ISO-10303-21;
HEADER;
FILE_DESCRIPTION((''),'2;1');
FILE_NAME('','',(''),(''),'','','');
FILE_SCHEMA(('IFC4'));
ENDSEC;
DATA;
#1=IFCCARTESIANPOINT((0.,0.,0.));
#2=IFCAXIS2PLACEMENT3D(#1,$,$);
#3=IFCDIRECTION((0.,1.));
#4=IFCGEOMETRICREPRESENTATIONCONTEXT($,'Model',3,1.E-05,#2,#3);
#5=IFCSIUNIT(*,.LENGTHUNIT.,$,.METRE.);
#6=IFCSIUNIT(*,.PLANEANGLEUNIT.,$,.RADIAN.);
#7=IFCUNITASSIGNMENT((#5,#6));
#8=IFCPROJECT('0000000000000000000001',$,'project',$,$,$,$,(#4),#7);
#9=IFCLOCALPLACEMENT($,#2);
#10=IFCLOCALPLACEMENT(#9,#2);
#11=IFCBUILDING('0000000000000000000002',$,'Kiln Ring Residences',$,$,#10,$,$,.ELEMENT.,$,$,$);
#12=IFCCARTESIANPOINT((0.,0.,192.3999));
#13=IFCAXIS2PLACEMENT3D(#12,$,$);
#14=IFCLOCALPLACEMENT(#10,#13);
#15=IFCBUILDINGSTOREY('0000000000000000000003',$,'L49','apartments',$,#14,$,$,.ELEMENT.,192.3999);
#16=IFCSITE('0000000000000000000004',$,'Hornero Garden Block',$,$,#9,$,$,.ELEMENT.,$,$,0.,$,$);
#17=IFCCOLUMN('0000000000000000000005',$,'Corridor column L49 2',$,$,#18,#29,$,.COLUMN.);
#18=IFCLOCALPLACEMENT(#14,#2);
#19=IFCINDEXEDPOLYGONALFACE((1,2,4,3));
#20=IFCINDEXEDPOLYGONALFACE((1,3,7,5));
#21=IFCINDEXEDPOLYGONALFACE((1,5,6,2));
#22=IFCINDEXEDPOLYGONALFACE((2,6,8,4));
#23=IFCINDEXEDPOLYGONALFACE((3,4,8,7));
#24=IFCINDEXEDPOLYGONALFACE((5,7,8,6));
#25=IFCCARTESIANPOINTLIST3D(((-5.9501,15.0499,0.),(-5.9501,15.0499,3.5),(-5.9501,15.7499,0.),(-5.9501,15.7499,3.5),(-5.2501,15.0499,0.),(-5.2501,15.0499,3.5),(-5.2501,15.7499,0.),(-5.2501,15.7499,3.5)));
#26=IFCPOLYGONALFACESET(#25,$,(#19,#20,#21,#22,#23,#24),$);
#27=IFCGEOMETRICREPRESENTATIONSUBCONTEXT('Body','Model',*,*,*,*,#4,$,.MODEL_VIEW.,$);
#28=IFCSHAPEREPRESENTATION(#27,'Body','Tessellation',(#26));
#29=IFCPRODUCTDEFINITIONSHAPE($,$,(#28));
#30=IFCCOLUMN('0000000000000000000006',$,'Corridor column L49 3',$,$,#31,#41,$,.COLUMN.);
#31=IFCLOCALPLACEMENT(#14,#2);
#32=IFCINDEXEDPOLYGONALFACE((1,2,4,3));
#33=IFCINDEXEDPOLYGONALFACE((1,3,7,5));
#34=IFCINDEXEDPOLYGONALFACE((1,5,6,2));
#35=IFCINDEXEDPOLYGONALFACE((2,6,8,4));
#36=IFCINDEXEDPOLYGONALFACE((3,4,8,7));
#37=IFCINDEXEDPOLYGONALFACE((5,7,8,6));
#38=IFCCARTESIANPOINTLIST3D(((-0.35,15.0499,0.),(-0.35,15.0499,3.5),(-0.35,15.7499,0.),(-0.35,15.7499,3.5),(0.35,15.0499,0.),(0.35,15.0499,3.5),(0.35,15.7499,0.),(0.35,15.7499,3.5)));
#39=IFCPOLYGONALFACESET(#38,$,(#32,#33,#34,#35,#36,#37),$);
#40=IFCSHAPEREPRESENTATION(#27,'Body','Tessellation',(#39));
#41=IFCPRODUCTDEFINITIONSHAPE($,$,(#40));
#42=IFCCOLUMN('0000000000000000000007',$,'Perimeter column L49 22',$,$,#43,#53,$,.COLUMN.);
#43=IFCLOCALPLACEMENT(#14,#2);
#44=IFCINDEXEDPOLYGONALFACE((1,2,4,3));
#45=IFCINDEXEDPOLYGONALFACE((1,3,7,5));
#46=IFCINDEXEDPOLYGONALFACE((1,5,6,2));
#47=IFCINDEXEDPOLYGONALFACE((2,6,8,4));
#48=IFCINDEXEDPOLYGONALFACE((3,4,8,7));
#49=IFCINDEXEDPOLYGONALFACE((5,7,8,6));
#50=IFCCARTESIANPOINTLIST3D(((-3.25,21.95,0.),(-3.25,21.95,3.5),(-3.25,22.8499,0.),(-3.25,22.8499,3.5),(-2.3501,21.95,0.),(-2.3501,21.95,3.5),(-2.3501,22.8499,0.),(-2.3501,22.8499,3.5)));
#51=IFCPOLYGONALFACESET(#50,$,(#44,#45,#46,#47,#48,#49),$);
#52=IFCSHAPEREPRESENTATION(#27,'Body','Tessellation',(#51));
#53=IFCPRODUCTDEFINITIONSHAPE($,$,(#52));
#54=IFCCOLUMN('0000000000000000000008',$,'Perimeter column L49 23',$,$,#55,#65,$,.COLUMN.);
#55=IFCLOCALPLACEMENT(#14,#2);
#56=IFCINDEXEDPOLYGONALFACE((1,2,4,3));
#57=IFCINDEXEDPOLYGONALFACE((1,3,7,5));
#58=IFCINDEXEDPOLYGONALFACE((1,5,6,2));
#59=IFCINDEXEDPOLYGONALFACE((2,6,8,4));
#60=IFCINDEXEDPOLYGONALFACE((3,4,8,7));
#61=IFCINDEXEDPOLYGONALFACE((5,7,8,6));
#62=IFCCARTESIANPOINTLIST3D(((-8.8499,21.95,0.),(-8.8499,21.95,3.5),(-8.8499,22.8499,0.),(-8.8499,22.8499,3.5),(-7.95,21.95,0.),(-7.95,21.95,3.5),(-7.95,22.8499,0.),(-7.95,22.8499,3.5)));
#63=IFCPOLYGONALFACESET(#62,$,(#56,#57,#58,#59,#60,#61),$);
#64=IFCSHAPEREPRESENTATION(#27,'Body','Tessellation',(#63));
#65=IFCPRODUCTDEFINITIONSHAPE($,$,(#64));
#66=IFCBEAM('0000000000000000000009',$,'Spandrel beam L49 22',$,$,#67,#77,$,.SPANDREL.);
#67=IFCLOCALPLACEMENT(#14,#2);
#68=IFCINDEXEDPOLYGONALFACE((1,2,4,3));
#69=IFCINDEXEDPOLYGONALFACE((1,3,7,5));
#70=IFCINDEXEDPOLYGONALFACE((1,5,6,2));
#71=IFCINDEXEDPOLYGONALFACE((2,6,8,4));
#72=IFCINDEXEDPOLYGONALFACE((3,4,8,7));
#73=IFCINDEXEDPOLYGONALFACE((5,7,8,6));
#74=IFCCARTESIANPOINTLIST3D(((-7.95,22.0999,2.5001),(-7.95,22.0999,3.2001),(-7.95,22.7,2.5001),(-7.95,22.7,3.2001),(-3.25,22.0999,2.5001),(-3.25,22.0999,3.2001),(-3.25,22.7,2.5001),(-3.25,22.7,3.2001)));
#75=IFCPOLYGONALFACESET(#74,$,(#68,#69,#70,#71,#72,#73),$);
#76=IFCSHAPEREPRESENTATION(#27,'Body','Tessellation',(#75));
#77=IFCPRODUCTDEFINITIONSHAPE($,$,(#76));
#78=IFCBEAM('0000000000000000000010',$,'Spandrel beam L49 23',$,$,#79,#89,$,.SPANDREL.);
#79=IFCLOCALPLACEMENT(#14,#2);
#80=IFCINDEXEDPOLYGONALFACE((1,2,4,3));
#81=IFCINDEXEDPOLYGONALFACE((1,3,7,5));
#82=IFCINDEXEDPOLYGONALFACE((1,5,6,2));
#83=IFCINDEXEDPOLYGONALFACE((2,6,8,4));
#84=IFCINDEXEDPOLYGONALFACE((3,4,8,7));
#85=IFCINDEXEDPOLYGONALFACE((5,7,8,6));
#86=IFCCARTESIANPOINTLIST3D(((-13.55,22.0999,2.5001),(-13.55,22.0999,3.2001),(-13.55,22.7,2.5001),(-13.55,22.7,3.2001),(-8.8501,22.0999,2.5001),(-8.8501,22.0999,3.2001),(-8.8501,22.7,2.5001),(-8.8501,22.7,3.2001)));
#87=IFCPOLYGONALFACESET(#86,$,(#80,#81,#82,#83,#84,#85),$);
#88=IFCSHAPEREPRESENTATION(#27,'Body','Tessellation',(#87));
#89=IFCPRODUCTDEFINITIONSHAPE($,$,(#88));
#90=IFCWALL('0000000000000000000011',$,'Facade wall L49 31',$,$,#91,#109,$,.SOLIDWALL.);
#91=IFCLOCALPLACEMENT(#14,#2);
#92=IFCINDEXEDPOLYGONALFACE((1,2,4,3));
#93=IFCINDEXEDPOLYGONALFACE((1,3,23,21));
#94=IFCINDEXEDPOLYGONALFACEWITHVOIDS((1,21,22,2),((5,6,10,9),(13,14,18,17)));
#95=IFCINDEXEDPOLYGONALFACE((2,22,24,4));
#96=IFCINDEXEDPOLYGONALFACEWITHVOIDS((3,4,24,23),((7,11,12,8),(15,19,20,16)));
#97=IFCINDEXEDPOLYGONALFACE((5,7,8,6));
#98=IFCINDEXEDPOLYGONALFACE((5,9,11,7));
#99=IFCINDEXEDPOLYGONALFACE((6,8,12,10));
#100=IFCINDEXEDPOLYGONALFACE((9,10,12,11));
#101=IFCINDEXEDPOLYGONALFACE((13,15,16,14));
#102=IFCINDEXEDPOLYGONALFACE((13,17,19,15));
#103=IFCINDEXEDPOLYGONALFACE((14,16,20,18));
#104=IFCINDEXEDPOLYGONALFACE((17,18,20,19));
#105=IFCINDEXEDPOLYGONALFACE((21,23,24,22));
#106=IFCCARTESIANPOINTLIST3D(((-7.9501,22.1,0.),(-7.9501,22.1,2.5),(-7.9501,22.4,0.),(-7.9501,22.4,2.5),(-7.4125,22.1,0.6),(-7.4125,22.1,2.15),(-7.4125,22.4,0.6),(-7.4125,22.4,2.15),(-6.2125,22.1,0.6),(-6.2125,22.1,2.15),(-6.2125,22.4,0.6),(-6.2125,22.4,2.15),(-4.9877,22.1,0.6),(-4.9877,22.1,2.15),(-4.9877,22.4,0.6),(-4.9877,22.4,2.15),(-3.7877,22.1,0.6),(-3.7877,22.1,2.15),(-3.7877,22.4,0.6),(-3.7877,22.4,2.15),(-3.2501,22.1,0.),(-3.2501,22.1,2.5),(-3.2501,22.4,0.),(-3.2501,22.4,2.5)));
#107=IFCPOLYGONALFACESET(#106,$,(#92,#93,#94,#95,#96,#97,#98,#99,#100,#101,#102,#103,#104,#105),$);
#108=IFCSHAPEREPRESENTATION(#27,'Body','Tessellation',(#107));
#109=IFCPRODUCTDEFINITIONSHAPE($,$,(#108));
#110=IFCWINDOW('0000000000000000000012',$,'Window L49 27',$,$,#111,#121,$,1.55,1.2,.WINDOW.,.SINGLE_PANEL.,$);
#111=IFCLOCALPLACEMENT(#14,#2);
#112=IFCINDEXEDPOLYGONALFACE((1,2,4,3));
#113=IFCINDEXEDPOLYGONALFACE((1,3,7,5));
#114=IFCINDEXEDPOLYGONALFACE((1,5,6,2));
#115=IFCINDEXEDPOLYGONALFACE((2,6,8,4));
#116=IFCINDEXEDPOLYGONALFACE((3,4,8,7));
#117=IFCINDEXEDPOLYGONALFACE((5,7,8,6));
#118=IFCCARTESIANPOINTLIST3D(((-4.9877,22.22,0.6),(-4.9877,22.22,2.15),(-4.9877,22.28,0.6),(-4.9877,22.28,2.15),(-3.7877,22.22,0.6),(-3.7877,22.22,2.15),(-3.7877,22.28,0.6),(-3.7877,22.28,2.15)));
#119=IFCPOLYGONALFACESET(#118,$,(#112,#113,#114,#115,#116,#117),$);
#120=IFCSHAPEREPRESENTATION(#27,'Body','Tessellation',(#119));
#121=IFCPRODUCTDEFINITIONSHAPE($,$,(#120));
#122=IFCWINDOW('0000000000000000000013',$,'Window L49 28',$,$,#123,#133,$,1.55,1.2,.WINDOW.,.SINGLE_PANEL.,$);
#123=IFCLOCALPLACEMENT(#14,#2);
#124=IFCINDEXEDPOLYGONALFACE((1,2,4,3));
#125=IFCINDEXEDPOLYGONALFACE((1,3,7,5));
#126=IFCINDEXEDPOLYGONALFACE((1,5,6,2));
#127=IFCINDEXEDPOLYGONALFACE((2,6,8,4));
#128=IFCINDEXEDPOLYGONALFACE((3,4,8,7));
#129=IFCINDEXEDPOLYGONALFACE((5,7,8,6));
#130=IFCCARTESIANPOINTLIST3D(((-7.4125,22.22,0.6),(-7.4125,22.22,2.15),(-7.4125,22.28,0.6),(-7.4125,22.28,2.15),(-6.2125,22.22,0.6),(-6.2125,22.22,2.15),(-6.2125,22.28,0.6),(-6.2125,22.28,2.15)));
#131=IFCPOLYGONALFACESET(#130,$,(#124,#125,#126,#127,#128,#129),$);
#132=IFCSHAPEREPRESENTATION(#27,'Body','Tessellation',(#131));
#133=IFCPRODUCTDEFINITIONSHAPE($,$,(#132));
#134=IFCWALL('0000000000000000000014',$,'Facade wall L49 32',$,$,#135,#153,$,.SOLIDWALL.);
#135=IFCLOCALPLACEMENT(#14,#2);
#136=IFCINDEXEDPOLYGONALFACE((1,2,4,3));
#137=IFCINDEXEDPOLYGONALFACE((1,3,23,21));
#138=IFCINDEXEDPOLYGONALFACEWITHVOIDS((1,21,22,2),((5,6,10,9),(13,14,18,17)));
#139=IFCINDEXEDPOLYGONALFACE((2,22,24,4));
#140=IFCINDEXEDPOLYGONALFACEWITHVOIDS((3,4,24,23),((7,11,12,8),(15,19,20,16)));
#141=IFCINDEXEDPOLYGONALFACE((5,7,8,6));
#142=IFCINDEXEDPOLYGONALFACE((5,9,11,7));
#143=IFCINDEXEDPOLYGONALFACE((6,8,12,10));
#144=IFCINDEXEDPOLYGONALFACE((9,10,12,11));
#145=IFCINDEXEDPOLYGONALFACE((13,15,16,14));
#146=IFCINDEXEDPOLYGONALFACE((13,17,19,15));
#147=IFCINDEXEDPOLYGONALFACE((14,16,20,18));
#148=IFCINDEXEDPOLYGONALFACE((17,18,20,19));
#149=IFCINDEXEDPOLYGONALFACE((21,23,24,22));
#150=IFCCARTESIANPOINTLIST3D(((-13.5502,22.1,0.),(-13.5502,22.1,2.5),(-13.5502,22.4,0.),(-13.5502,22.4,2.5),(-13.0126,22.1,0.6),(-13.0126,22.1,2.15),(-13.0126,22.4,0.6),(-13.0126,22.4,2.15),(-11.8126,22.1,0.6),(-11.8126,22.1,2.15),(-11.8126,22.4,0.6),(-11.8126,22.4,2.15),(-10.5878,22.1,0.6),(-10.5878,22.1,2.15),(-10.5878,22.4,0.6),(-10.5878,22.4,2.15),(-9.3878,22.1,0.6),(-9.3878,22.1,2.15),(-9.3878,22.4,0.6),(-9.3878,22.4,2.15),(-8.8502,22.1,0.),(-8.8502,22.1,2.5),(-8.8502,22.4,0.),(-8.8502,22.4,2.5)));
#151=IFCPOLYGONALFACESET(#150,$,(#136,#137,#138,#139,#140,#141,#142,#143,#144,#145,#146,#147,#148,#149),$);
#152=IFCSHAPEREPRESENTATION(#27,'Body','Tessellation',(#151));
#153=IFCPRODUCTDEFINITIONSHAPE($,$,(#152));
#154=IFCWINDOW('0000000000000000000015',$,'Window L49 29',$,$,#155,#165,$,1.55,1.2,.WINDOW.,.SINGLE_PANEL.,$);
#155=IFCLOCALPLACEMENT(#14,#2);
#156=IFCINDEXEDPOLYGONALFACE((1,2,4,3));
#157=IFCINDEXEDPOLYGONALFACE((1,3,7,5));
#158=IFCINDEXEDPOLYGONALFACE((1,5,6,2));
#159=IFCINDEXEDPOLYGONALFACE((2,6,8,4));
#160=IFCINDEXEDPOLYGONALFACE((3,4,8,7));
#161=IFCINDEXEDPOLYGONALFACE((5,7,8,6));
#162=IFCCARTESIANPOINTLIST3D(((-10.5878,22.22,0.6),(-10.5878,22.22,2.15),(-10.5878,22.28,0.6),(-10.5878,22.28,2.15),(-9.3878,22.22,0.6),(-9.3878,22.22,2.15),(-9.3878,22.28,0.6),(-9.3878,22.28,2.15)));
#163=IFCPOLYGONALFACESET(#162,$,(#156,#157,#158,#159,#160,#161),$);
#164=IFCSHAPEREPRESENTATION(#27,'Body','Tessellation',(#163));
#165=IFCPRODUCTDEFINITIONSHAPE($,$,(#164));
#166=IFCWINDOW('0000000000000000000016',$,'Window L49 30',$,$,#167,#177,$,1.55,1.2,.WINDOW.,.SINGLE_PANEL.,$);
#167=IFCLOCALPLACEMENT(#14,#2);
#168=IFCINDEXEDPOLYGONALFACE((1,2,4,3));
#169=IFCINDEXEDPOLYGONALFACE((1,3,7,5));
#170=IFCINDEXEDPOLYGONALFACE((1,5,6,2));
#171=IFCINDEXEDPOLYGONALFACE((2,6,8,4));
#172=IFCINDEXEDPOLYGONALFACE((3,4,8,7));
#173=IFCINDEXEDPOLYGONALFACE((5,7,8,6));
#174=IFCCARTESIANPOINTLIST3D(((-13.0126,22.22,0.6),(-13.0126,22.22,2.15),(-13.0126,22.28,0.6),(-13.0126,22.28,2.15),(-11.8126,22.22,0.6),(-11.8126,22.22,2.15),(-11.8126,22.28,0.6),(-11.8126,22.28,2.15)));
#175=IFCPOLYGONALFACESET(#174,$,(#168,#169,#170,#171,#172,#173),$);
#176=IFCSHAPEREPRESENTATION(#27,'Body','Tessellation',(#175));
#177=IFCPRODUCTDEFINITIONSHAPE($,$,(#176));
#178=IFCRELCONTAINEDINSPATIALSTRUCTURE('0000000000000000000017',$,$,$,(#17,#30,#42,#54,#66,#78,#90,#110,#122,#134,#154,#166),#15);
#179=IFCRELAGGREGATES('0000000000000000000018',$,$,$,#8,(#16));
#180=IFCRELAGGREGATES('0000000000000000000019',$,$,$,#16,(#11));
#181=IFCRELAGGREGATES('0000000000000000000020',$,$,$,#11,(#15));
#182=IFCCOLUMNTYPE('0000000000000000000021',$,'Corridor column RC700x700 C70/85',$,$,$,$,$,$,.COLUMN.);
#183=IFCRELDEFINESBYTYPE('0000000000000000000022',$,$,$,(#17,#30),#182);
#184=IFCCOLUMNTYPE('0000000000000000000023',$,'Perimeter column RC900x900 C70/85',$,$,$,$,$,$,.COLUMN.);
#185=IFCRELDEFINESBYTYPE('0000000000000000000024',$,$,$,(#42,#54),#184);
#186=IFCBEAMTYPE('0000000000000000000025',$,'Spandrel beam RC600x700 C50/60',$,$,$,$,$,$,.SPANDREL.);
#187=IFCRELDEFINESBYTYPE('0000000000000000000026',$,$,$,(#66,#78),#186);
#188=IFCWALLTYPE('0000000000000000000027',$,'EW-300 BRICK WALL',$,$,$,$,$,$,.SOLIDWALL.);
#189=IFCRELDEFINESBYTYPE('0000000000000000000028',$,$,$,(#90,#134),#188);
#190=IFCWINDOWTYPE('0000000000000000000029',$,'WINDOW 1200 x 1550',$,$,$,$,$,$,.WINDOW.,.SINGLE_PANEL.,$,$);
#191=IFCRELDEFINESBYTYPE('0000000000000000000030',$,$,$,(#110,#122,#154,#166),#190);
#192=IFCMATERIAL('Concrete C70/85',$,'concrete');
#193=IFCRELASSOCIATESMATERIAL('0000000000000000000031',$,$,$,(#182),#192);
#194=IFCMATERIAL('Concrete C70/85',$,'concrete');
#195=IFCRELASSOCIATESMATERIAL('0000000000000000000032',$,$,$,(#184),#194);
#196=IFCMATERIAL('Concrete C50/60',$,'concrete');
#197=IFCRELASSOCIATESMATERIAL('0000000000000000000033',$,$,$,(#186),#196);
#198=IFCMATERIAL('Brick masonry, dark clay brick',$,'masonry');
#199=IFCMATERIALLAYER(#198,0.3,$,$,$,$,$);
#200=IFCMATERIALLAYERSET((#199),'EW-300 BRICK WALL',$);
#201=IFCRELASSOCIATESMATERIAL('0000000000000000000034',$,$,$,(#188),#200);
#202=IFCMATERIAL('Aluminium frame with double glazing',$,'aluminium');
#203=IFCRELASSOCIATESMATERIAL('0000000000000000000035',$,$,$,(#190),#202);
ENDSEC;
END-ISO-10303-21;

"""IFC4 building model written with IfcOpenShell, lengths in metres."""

from ifc_helpers import new_model, si_unit, direction, frame, frame_2d, origin, origin_2d, place, context, subcontext, project, spatial, rectangle, extrude, material, layer, layer_set, material_profile, profile_set, type_object, element, fill, save


model = new_model("IFC4")

# Units and contexts
model_context = context("Model", 3, precision=1e-05, world=origin(), true_north=direction((0.0, 1.0)))
body_context = subcontext(model_context, "Body", "Model", "MODEL_VIEW")
ifc_project = project(units=[si_unit("LENGTHUNIT", "METRE"), si_unit("PLANEANGLEUNIT", "RADIAN")], contexts=[model_context])

# Site, building, storey
site_placement = place(None, origin())
site = spatial("IfcSite", under=ifc_project, at=site_placement, Name="Hornero Garden Block", CompositionType="ELEMENT", RefElevation=0.0)
building_placement = place(site_placement, origin())
building = spatial("IfcBuilding", under=site, at=building_placement, Name="Kiln Ring Residences", CompositionType="ELEMENT")
storey_placement = place(building_placement, frame((0.0, 0.0, 192.3999)))
storey = spatial("IfcBuildingStorey", under=building, at=storey_placement, Name="L49", Description="apartments", CompositionType="ELEMENT", Elevation=192.3999)

# Columns
ifc_material_1 = material(Name="Concrete C70/85", Category="concrete")
ifc_material_profile_1 = material_profile(ifc_material_1, rectangle(XDim=0.7, YDim=0.7, at=origin_2d()), Name="RC700x700")
ifc_profile_set_1 = profile_set([ifc_material_profile_1], Name="Concrete C70/85")
column_type_1 = type_object("IfcColumnType", Name="Corridor column RC700x700 C70/85", PredefinedType="COLUMN", material=ifc_profile_set_1)
for number, where, z_axis, x_axis, name in (
    (1, (-5.6001, 15.3999, 0.0), (0.0, 0.0, 1.0), (1.0, 0.0, 0.0), "Corridor column L49 2"),
    (2, (0.0, 15.3999, 0.0), (0.0, 0.0, 1.0), (1.0, 0.0, 0.0), "Corridor column L49 3"),
):
    element("IfcColumn", number, at=place(storey_placement, frame(where, z_axis=z_axis, x_axis=x_axis)), inside=storey, type_object=column_type_1, Name=name, PredefinedType="COLUMN", context=body_context, shape_type="SweptSolid", body=[
        extrude(rectangle(XDim=0.7, YDim=0.7, at=origin_2d()), origin(), (0.0, 0.0, 1.0), 3.5),
    ])
ifc_material_2 = material(Name="Concrete C70/85", Category="concrete")
ifc_material_profile_2 = material_profile(ifc_material_2, rectangle(XDim=0.8999, YDim=0.8999, at=origin_2d()), Name="RC900x900")
ifc_profile_set_2 = profile_set([ifc_material_profile_2], Name="Concrete C70/85")
column_type_2 = type_object("IfcColumnType", Name="Perimeter column RC900x900 C70/85", PredefinedType="COLUMN", material=ifc_profile_set_2)
for number, where, z_axis, x_axis, name in (
    (3, (-2.8, 22.3999, 0.0), (0.0, 0.0, 1.0), (1.0, 0.0, 0.0), "Perimeter column L49 22"),
    (4, (-8.3999, 22.3999, 0.0), (0.0, 0.0, 1.0), (1.0, 0.0, 0.0), "Perimeter column L49 23"),
):
    element("IfcColumn", number, at=place(storey_placement, frame(where, z_axis=z_axis, x_axis=x_axis)), inside=storey, type_object=column_type_2, Name=name, PredefinedType="COLUMN", context=body_context, shape_type="SweptSolid", body=[
        extrude(rectangle(XDim=0.8999, YDim=0.8999, at=origin_2d()), origin(), (0.0, 0.0, 1.0), 3.5),
    ])

# Beams
ifc_material_3 = material(Name="Concrete C50/60", Category="concrete")
ifc_material_profile_3 = material_profile(ifc_material_3, rectangle(XDim=0.6001, YDim=0.7, at=origin_2d()), Name="RC600x700")
ifc_profile_set_3 = profile_set([ifc_material_profile_3], Name="Concrete C50/60")
beam_type = type_object("IfcBeamType", Name="Spandrel beam RC600x700 C50/60", PredefinedType="SPANDREL", material=ifc_profile_set_3)
for number, where, z_axis, x_axis, name in (
    (5, (-3.25, 22.3999, 2.8501), (-1.0, 0.0, 0.0), (0.0, -1.0, 0.0), "Spandrel beam L49 22"),
    (6, (-8.8501, 22.3999, 2.8501), (-1.0, 0.0, 0.0), (0.0, -1.0, 0.0), "Spandrel beam L49 23"),
):
    element("IfcBeam", number, at=place(storey_placement, frame(where, z_axis=z_axis, x_axis=x_axis)), inside=storey, type_object=beam_type, Name=name, PredefinedType="SPANDREL", context=body_context, shape_type="SweptSolid", body=[
        extrude(rectangle(XDim=0.6001, YDim=0.7, at=origin_2d()), origin(), (0.0, 0.0, 1.0), 4.7),
    ])

# Walls, openings, windows
ifc_material_4 = material(Name="Brick masonry, dark clay brick", Category="masonry")
ifc_layer_1 = layer(ifc_material_4, 0.3)
ifc_layer_set_1 = layer_set([ifc_layer_1], Name="EW-300 BRICK WALL")
wall_type_1 = type_object("IfcWallType", Name="EW-300 BRICK WALL", PredefinedType="SOLIDWALL", material=ifc_layer_set_1)
wall_1_placement = place(storey_placement, frame((-3.25, 22.25, 0.0), z_axis=(0.0, 0.0, 1.0), x_axis=(-1.0, 0.0, 0.0)))
wall_1 = element("IfcWall", 7, at=wall_1_placement, inside=storey, type_object=wall_type_1, Name="Facade wall L49 31", PredefinedType="SOLIDWALL", context=body_context, shape_type="SweptSolid", body=[
    extrude(rectangle(XDim=4.7, YDim=0.3, at=frame_2d((2.3501, 0.0))), origin(), (0.0, 0.0, 1.0), 2.5),
])
opening_1_placement = place(wall_1_placement, frame((0.5376, 0.0, 0.6001)))
opening_1 = element("IfcOpeningElement", 8, at=opening_1_placement, cuts=wall_1, PredefinedType="OPENING", context=body_context, shape_type="SweptSolid", body=[
    extrude(rectangle(XDim=1.2, YDim=1.55, at=frame_2d((0.6001, 0.7749))), frame((0.0, 0.1599, 0.0), z_axis=(0.0, -1.0, 0.0), x_axis=(1.0, 0.0, 0.0)), (0.0, 0.0, 1.0), 0.3201),
])
opening_2_placement = place(wall_1_placement, frame((2.9624, 0.0, 0.6001)))
opening_2 = element("IfcOpeningElement", 9, at=opening_2_placement, cuts=wall_1, PredefinedType="OPENING", context=body_context, shape_type="SweptSolid", body=[
    extrude(rectangle(XDim=1.2, YDim=1.55, at=frame_2d((0.6001, 0.7749))), frame((0.0, 0.1599, 0.0), z_axis=(0.0, -1.0, 0.0), x_axis=(1.0, 0.0, 0.0)), (0.0, 0.0, 1.0), 0.3201),
])
ifc_material_5 = material(Name="Aluminium frame with double glazing", Category="aluminium")
window_type = type_object("IfcWindowType", Name="WINDOW 1200 x 1550", PartitioningType="SINGLE_PANEL", PredefinedType="WINDOW", material=ifc_material_5)
window_1_placement = place(opening_1_placement, origin())
window_1 = element("IfcWindow", 10, at=window_1_placement, inside=storey, type_object=window_type, Name="Window L49 27", OverallHeight=1.55, OverallWidth=1.2, PartitioningType="SINGLE_PANEL", PredefinedType="WINDOW", context=body_context, shape_type="SweptSolid", body=[
    extrude(rectangle(XDim=1.2, YDim=1.55, at=frame_2d((0.6001, 0.7749))), frame((0.0, 0.03, 0.0), z_axis=(0.0, -1.0, 0.0), x_axis=(1.0, 0.0, 0.0)), (0.0, 0.0, 1.0), 0.0601),
])
fill(opening_1, window_1)
window_2_placement = place(opening_2_placement, origin())
window_2 = element("IfcWindow", 11, at=window_2_placement, inside=storey, type_object=window_type, Name="Window L49 28", OverallHeight=1.55, OverallWidth=1.2, PartitioningType="SINGLE_PANEL", PredefinedType="WINDOW", context=body_context, shape_type="SweptSolid", body=[
    extrude(rectangle(XDim=1.2, YDim=1.55, at=frame_2d((0.6001, 0.7749))), frame((0.0, 0.03, 0.0), z_axis=(0.0, -1.0, 0.0), x_axis=(1.0, 0.0, 0.0)), (0.0, 0.0, 1.0), 0.0601),
])
fill(opening_2, window_2)
wall_2_placement = place(storey_placement, frame((-8.8501, 22.25, 0.0), z_axis=(0.0, 0.0, 1.0), x_axis=(-1.0, 0.0, 0.0)))
wall_2 = element("IfcWall", 12, at=wall_2_placement, inside=storey, type_object=wall_type_1, Name="Facade wall L49 32", PredefinedType="SOLIDWALL", context=body_context, shape_type="SweptSolid", body=[
    extrude(rectangle(XDim=4.7, YDim=0.3, at=frame_2d((2.3501, 0.0))), origin(), (0.0, 0.0, 1.0), 2.5),
])
opening_3_placement = place(wall_2_placement, frame((0.5376, 0.0, 0.6001)))
opening_3 = element("IfcOpeningElement", 13, at=opening_3_placement, cuts=wall_2, PredefinedType="OPENING", context=body_context, shape_type="SweptSolid", body=[
    extrude(rectangle(XDim=1.2, YDim=1.55, at=frame_2d((0.6001, 0.7749))), frame((0.0, 0.1599, 0.0), z_axis=(0.0, -1.0, 0.0), x_axis=(1.0, 0.0, 0.0)), (0.0, 0.0, 1.0), 0.3201),
])
opening_4_placement = place(wall_2_placement, frame((2.9624, 0.0, 0.6001)))
opening_4 = element("IfcOpeningElement", 14, at=opening_4_placement, cuts=wall_2, PredefinedType="OPENING", context=body_context, shape_type="SweptSolid", body=[
    extrude(rectangle(XDim=1.2, YDim=1.55, at=frame_2d((0.6001, 0.7749))), frame((0.0, 0.1599, 0.0), z_axis=(0.0, -1.0, 0.0), x_axis=(1.0, 0.0, 0.0)), (0.0, 0.0, 1.0), 0.3201),
])
window_3_placement = place(opening_3_placement, origin())
window_3 = element("IfcWindow", 15, at=window_3_placement, inside=storey, type_object=window_type, Name="Window L49 29", OverallHeight=1.55, OverallWidth=1.2, PartitioningType="SINGLE_PANEL", PredefinedType="WINDOW", context=body_context, shape_type="SweptSolid", body=[
    extrude(rectangle(XDim=1.2, YDim=1.55, at=frame_2d((0.6001, 0.7749))), frame((0.0, 0.03, 0.0), z_axis=(0.0, -1.0, 0.0), x_axis=(1.0, 0.0, 0.0)), (0.0, 0.0, 1.0), 0.0601),
])
fill(opening_3, window_3)
window_4_placement = place(opening_4_placement, origin())
window_4 = element("IfcWindow", 16, at=window_4_placement, inside=storey, type_object=window_type, Name="Window L49 30", OverallHeight=1.55, OverallWidth=1.2, PartitioningType="SINGLE_PANEL", PredefinedType="WINDOW", context=body_context, shape_type="SweptSolid", body=[
    extrude(rectangle(XDim=1.2, YDim=1.55, at=frame_2d((0.6001, 0.7749))), frame((0.0, 0.03, 0.0), z_axis=(0.0, -1.0, 0.0), x_axis=(1.0, 0.0, 0.0)), (0.0, 0.0, 1.0), 0.0601),
])
fill(opening_4, window_4)

save(model, "model.ifc")
